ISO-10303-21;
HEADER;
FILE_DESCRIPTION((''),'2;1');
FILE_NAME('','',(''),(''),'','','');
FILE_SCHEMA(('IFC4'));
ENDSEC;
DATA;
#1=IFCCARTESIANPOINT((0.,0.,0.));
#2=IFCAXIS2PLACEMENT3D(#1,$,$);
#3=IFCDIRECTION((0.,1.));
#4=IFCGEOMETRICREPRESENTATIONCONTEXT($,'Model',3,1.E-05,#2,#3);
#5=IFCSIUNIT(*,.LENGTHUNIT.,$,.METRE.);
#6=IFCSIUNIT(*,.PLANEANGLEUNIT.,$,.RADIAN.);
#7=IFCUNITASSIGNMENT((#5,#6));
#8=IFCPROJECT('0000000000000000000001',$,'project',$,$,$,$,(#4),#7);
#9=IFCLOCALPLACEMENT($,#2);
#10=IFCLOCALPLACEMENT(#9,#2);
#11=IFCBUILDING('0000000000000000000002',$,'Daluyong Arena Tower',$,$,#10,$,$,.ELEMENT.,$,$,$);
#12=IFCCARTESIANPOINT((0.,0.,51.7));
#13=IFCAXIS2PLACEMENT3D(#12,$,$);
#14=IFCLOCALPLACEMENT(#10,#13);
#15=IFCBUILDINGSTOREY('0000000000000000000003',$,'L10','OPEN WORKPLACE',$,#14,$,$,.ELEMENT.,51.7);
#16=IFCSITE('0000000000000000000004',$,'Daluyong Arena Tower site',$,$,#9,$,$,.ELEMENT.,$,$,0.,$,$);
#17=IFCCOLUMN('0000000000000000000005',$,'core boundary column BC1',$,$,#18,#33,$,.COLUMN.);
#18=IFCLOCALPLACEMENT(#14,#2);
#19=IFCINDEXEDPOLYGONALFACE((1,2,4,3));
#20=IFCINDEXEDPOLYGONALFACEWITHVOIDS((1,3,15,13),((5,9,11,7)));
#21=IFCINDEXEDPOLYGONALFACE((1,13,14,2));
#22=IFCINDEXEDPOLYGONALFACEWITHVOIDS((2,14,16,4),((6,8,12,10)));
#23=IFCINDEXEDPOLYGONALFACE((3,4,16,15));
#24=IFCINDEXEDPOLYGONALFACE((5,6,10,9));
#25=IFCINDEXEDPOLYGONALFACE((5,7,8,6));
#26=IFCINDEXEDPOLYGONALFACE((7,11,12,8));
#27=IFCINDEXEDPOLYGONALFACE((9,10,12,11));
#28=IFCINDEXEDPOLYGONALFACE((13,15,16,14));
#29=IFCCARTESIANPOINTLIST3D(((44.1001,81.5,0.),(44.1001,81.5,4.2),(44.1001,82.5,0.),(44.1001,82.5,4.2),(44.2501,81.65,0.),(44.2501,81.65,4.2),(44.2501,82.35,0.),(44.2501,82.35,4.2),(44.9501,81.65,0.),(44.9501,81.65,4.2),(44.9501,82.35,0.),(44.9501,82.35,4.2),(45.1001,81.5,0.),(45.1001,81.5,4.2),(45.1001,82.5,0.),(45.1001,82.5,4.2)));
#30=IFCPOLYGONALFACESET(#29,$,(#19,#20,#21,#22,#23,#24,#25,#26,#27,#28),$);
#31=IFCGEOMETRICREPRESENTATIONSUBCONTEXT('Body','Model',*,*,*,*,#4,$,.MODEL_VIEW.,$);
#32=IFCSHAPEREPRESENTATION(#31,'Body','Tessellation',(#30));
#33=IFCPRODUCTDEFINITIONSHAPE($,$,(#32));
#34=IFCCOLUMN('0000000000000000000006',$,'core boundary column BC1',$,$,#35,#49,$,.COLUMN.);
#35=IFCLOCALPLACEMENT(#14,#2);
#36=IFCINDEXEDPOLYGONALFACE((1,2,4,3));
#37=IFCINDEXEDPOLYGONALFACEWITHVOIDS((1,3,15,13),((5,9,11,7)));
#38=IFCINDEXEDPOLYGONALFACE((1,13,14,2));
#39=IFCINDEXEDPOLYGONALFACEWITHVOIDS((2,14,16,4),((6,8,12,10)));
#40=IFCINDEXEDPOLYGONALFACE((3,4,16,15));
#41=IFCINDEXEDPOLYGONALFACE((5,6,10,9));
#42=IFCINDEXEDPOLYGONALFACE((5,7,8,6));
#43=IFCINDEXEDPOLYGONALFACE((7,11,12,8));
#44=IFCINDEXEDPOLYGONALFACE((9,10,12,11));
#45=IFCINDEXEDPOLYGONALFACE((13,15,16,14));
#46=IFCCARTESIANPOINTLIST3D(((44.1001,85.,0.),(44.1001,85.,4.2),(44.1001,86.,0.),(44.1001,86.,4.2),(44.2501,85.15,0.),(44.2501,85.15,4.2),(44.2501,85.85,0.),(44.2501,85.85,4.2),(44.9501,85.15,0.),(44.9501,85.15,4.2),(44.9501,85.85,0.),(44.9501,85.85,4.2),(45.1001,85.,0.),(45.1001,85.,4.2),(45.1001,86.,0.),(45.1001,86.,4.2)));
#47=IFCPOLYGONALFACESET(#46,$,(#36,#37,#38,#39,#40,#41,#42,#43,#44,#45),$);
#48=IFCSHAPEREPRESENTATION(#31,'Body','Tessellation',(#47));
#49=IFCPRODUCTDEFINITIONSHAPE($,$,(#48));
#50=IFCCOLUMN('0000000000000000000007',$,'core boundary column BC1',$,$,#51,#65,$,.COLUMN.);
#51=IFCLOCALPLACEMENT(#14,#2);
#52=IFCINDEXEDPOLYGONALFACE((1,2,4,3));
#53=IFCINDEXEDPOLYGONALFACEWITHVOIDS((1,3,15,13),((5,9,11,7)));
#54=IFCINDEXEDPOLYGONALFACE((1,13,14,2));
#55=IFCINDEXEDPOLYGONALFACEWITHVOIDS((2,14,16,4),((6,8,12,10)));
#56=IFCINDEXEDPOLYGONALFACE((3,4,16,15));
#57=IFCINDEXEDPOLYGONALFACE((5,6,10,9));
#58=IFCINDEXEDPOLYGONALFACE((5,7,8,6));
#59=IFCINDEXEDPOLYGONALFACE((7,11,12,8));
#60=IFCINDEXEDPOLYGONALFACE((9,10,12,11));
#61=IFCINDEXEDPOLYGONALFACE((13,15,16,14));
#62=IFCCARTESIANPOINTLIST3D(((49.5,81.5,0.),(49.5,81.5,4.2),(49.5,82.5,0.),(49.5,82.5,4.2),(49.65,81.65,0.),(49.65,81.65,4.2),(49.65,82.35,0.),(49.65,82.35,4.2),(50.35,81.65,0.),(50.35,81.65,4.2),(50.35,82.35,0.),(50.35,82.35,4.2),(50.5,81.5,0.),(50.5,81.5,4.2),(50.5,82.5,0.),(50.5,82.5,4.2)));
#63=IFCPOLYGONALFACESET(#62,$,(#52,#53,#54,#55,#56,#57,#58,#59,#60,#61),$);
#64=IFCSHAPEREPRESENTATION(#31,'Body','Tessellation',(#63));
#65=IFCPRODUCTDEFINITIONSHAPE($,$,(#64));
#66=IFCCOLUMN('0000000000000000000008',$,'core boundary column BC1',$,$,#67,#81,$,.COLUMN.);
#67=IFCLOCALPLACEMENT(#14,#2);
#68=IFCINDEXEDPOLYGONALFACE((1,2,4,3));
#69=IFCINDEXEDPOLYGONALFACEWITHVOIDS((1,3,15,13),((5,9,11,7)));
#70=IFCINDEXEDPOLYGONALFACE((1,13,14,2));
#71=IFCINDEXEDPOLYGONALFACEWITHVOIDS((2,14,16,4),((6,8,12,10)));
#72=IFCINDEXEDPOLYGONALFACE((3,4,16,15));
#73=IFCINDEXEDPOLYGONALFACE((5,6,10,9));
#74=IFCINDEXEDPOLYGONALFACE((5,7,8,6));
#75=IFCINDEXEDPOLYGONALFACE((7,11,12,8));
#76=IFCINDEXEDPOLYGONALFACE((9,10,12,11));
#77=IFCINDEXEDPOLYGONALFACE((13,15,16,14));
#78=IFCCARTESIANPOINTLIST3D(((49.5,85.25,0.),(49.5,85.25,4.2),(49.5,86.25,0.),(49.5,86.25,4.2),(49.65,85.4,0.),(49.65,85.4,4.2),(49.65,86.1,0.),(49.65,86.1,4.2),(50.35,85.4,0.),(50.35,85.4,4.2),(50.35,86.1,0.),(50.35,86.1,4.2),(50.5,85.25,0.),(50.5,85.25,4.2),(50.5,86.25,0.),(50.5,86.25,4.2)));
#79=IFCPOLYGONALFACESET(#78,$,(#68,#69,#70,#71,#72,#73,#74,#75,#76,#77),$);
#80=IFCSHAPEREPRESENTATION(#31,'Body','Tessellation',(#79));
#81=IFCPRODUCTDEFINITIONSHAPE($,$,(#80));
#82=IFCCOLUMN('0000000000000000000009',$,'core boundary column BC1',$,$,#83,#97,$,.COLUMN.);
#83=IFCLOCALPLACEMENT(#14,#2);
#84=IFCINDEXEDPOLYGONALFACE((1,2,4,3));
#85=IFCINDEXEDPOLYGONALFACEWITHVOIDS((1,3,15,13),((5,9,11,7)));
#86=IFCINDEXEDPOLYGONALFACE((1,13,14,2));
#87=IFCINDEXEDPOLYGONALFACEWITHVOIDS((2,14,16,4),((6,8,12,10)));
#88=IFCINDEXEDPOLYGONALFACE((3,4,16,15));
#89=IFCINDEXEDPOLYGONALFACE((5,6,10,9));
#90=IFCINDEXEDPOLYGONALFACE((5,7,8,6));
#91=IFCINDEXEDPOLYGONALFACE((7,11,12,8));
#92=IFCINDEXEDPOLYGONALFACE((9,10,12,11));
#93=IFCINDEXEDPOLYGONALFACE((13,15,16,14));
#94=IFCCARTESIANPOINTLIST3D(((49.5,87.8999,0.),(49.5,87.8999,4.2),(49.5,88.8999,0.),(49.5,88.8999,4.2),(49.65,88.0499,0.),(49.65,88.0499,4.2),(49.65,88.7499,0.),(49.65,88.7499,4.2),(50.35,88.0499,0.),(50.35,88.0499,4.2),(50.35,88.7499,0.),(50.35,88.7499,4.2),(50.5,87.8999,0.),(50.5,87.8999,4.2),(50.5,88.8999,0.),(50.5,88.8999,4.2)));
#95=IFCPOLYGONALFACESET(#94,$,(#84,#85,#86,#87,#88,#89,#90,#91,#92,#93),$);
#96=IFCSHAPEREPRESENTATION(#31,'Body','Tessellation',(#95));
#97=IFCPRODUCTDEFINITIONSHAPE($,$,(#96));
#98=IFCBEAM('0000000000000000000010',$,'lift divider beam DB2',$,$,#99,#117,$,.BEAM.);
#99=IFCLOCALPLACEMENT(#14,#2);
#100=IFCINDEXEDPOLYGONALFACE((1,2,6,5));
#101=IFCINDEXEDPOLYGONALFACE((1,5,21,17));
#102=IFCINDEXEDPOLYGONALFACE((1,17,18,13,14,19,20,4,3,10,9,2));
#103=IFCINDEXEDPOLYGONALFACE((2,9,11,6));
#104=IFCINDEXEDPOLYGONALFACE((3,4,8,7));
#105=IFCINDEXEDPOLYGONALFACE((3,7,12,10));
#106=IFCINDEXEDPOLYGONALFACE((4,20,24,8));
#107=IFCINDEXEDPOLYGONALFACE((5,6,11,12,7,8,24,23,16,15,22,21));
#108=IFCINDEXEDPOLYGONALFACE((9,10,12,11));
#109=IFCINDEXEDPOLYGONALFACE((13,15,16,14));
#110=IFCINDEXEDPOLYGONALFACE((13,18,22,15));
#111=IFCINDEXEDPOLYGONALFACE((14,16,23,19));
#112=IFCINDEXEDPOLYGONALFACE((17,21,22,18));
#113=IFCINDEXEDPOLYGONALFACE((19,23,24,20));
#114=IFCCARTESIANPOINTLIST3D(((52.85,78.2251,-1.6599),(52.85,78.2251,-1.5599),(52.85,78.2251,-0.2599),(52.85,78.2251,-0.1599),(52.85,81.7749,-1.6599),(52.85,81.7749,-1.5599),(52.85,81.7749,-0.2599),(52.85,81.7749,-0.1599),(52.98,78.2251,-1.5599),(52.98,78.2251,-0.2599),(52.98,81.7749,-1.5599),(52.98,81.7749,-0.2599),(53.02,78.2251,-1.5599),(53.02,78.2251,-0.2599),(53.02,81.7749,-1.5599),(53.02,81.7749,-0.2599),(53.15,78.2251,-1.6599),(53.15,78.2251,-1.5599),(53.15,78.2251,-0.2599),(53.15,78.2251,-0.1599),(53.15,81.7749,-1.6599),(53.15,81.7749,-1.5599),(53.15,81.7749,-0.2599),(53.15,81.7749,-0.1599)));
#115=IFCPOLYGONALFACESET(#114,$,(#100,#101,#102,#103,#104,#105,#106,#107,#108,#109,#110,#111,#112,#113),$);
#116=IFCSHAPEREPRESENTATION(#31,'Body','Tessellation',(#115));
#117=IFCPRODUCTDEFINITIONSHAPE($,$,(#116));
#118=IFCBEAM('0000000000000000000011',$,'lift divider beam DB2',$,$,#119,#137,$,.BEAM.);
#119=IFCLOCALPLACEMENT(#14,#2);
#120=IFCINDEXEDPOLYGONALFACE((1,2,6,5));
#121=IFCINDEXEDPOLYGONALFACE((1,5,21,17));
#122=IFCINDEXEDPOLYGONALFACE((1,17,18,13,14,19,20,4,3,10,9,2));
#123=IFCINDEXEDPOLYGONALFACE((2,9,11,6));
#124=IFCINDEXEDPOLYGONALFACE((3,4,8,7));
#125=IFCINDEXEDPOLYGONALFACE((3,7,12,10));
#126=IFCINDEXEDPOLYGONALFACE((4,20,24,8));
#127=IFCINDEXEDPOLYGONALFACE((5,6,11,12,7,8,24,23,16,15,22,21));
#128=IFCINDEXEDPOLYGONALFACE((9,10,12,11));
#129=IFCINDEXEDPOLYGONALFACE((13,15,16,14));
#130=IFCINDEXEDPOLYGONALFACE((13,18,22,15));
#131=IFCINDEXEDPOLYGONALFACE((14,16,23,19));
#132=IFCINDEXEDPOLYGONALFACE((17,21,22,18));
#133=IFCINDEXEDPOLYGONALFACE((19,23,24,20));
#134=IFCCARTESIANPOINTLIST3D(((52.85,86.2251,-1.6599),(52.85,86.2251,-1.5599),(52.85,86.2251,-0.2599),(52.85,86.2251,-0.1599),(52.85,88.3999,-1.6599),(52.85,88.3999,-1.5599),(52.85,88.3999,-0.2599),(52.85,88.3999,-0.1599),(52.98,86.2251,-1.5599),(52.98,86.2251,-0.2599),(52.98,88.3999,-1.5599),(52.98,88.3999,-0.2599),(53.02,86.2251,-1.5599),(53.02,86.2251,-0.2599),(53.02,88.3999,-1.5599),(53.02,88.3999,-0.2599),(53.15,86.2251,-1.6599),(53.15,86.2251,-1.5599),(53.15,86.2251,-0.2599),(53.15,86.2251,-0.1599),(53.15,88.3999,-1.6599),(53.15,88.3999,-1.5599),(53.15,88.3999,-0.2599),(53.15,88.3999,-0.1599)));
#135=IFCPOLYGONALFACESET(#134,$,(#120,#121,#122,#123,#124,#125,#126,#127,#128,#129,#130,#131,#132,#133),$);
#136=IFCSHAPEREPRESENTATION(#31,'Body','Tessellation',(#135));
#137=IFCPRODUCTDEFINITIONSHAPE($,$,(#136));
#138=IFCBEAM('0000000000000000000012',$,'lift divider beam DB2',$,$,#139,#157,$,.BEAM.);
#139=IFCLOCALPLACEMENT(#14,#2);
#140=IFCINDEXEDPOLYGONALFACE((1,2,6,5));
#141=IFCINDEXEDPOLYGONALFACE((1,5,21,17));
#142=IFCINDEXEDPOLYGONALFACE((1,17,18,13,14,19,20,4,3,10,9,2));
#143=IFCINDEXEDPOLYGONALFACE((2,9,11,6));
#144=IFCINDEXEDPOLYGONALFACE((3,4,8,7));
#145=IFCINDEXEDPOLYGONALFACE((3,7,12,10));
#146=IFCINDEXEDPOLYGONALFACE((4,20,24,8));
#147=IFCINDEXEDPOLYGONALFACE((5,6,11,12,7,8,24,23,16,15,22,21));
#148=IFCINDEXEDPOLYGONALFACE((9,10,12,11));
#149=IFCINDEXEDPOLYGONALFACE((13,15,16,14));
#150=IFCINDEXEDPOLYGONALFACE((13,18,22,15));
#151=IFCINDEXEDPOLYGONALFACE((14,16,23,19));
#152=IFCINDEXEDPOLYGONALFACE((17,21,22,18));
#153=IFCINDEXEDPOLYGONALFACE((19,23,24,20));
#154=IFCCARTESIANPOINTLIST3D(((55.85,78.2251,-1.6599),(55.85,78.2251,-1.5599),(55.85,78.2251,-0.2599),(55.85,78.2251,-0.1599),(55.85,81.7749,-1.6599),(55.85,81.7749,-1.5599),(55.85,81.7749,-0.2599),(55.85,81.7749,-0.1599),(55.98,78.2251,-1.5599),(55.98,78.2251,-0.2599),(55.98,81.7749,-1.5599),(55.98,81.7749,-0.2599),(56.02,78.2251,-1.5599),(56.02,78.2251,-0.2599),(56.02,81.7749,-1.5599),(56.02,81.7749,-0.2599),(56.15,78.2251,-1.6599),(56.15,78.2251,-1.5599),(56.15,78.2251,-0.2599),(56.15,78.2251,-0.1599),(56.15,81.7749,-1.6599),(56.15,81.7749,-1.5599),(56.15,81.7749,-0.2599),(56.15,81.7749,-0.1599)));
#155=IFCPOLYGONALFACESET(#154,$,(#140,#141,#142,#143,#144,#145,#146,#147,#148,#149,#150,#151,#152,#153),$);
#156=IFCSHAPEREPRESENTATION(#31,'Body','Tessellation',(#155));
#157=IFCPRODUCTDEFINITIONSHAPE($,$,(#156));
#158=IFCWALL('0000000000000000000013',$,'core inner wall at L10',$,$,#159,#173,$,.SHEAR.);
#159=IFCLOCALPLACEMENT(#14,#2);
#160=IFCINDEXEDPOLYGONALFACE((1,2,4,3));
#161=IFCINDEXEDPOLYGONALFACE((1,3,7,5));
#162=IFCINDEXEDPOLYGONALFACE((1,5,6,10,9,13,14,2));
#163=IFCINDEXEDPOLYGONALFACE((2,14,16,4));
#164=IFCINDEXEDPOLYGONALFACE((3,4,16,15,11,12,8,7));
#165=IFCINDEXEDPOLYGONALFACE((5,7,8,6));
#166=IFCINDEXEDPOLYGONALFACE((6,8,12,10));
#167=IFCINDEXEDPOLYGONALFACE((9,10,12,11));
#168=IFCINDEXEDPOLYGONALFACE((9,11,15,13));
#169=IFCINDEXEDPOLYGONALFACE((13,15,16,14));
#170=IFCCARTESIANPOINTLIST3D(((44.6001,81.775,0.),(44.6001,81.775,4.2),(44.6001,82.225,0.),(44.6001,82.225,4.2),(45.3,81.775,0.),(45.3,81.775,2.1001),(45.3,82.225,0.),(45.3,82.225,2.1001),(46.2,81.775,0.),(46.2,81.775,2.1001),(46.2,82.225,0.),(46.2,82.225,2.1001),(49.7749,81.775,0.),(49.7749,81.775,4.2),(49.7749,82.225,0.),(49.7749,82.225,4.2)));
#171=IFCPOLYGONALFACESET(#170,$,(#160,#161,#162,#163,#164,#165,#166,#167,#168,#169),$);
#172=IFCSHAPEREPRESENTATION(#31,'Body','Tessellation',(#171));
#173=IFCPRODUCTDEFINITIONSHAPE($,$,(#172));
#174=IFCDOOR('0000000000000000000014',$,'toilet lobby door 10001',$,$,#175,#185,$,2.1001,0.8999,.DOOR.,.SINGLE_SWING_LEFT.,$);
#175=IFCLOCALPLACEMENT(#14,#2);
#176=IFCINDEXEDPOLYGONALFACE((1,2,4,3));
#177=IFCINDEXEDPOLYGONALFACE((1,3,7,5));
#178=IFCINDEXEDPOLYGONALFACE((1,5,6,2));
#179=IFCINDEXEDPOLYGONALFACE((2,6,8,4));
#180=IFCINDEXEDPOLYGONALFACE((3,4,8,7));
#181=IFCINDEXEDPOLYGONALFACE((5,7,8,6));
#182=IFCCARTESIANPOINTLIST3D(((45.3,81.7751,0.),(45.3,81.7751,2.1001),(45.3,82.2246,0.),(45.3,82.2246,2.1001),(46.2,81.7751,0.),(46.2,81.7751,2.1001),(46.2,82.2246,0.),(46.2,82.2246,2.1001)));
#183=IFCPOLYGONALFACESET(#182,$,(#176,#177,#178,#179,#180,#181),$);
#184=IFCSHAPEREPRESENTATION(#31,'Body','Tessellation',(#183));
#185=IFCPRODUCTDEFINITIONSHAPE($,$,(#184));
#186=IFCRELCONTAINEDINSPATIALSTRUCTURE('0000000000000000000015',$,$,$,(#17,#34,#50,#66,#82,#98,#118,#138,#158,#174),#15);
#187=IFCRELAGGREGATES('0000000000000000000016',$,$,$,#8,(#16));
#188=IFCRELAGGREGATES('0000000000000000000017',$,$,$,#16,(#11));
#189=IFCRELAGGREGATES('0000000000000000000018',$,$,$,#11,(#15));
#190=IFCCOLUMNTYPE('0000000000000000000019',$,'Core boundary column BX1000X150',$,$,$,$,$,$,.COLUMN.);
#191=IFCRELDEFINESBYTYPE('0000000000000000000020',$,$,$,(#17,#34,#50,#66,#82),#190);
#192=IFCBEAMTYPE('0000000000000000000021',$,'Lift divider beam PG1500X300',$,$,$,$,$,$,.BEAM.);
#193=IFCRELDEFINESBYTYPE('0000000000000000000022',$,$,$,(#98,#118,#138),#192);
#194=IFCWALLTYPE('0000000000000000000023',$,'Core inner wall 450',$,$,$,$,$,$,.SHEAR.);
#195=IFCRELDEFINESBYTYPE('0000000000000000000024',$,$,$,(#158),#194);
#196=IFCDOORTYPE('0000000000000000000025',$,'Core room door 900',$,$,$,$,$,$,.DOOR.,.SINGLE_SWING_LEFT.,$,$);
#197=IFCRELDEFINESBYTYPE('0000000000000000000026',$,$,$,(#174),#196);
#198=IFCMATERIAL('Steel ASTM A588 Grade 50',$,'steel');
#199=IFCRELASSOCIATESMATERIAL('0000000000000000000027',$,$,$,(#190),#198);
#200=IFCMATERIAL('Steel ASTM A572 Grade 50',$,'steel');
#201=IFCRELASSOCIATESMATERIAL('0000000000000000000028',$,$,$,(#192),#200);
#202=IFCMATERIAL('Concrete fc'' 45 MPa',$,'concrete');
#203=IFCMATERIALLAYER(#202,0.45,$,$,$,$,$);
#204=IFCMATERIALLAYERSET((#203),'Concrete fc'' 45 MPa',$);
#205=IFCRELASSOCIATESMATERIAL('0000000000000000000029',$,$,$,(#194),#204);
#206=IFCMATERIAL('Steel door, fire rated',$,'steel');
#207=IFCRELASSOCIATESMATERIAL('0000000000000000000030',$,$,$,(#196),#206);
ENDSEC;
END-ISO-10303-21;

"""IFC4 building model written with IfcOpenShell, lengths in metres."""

from ifc_helpers import new_model, si_unit, direction, frame, frame_2d, origin, origin_2d, place, context, subcontext, project, spatial, rectangle, hollow_rectangle, i_section, extrude, material, layer, layer_set, material_profile, profile_set, type_object, element, fill, save


model = new_model("IFC4")

# Units and contexts
model_context = context("Model", 3, precision=1e-05, world=origin(), true_north=direction((0.0, 1.0)))
body_context = subcontext(model_context, "Body", "Model", "MODEL_VIEW")
ifc_project = project(units=[si_unit("LENGTHUNIT", "METRE"), si_unit("PLANEANGLEUNIT", "RADIAN")], contexts=[model_context])

# Site, building, storey
site_placement = place(None, origin())
site = spatial("IfcSite", under=ifc_project, at=site_placement, Name="Daluyong Arena Tower site", CompositionType="ELEMENT", RefElevation=0.0)
building_placement = place(site_placement, origin())
building = spatial("IfcBuilding", under=site, at=building_placement, Name="Daluyong Arena Tower", CompositionType="ELEMENT")
storey_placement = place(building_placement, frame((0.0, 0.0, 51.7)))
storey = spatial("IfcBuildingStorey", under=building, at=storey_placement, Name="L10", Description="OPEN WORKPLACE", CompositionType="ELEMENT", Elevation=51.7)

# Columns
ifc_material_1 = material(Name="Steel ASTM A588 Grade 50", Category="steel")
ifc_material_profile_1 = material_profile(ifc_material_1, hollow_rectangle(XDim=1.0, YDim=1.0, WallThickness=0.15, at=origin_2d()))
ifc_profile_set_1 = profile_set([ifc_material_profile_1], Name="Steel ASTM A588 Grade 50")
column_type = type_object("IfcColumnType", Name="Core boundary column BX1000X150", PredefinedType="COLUMN", material=ifc_profile_set_1)
for number, where, z_axis, x_axis, name in (
    (1, (44.6001, 82.0, 0.0), (0.0, 0.0, 1.0), (1.0, 0.0, 0.0), "core boundary column BC1"),
    (2, (44.6001, 85.5, 0.0), (0.0, 0.0, 1.0), (1.0, 0.0, 0.0), "core boundary column BC1"),
    (3, (50.0, 82.0, 0.0), (0.0, 0.0, 1.0), (1.0, 0.0, 0.0), "core boundary column BC1"),
    (4, (50.0, 85.75, 0.0), (0.0, 0.0, 1.0), (1.0, 0.0, 0.0), "core boundary column BC1"),
    (5, (50.0, 88.3999, 0.0), (0.0, 0.0, 1.0), (1.0, 0.0, 0.0), "core boundary column BC1"),
):
    element("IfcColumn", number, at=place(storey_placement, frame(where, z_axis=z_axis, x_axis=x_axis)), inside=storey, type_object=column_type, Name=name, PredefinedType="COLUMN", context=body_context, shape_type="SweptSolid", body=[
        extrude(hollow_rectangle(XDim=1.0, YDim=1.0, WallThickness=0.15, at=origin_2d()), origin(), (0.0, 0.0, 1.0), 4.2),
    ])

# Beams
ifc_material_2 = material(Name="Steel ASTM A572 Grade 50", Category="steel")
ifc_material_profile_2 = material_profile(ifc_material_2, i_section(OverallWidth=0.3, OverallDepth=1.5, WebThickness=0.04, FlangeThickness=0.1, at=origin_2d()))
ifc_profile_set_2 = profile_set([ifc_material_profile_2], Name="Steel ASTM A572 Grade 50")
beam_type = type_object("IfcBeamType", Name="Lift divider beam PG1500X300", PredefinedType="BEAM", material=ifc_profile_set_2)
beam_1_placement = place(storey_placement, frame((53.0, 78.2251, -0.9099), z_axis=(0.0, 1.0, 0.0), x_axis=(-1.0, 0.0, 0.0)))
element("IfcBeam", 6, at=beam_1_placement, inside=storey, type_object=beam_type, Name="lift divider beam DB2", PredefinedType="BEAM", context=body_context, shape_type="SweptSolid", body=[
    extrude(i_section(OverallWidth=0.3, OverallDepth=1.5, WebThickness=0.04, FlangeThickness=0.1, at=origin_2d()), origin(), (0.0, 0.0, 1.0), 3.5498),
])
beam_2_placement = place(storey_placement, frame((53.0, 86.2251, -0.9099), z_axis=(0.0, 1.0, 0.0), x_axis=(-1.0, 0.0, 0.0)))
element("IfcBeam", 7, at=beam_2_placement, inside=storey, type_object=beam_type, Name="lift divider beam DB2", PredefinedType="BEAM", context=body_context, shape_type="SweptSolid", body=[
    extrude(i_section(OverallWidth=0.3, OverallDepth=1.5, WebThickness=0.04, FlangeThickness=0.1, at=origin_2d()), origin(), (0.0, 0.0, 1.0), 2.1748),
])
beam_3_placement = place(storey_placement, frame((56.0, 78.2251, -0.9099), z_axis=(0.0, 1.0, 0.0), x_axis=(-1.0, 0.0, 0.0)))
element("IfcBeam", 8, at=beam_3_placement, inside=storey, type_object=beam_type, Name="lift divider beam DB2", PredefinedType="BEAM", context=body_context, shape_type="SweptSolid", body=[
    extrude(i_section(OverallWidth=0.3, OverallDepth=1.5, WebThickness=0.04, FlangeThickness=0.1, at=origin_2d()), origin(), (0.0, 0.0, 1.0), 3.5498),
])

# Wall, opening, door
ifc_material_3 = material(Name="Concrete fc' 45 MPa", Category="concrete")
ifc_layer_1 = layer(ifc_material_3, 0.45)
ifc_layer_set_1 = layer_set([ifc_layer_1], Name="Concrete fc' 45 MPa")
wall_type_1 = type_object("IfcWallType", Name="Core inner wall 450", PredefinedType="SHEAR", material=ifc_layer_set_1)
wall_1_placement = place(storey_placement, frame((44.6001, 82.0, 0.0), z_axis=(0.0, 0.0, 1.0), x_axis=(1.0, 0.0, 0.0)))
wall_1 = element("IfcWall", 9, at=wall_1_placement, inside=storey, type_object=wall_type_1, Name="core inner wall at L10", PredefinedType="SHEAR", context=body_context, shape_type="SweptSolid", body=[
    extrude(rectangle(XDim=5.1748, YDim=0.45, at=frame_2d((2.5874, 0.0))), origin(), (0.0, 0.0, 1.0), 4.2),
])
opening_1_placement = place(wall_1_placement, frame((0.7, 0.0, 0.0)))
opening_1 = element("IfcOpeningElement", 10, at=opening_1_placement, cuts=wall_1, PredefinedType="OPENING", context=body_context, shape_type="SweptSolid", body=[
    extrude(rectangle(XDim=0.8999, YDim=2.1001, at=frame_2d((0.45, 1.05))), frame((0.0, 0.2349, 0.0), z_axis=(0.0, -1.0, 0.0), x_axis=(1.0, 0.0, 0.0)), (0.0, 0.0, 1.0), 0.47),
])
ifc_material_4 = material(Name="Steel door, fire rated", Category="steel")
door_type_1 = type_object("IfcDoorType", Name="Core room door 900", OperationType="SINGLE_SWING_LEFT", PredefinedType="DOOR", material=ifc_material_4)
door_1_placement = place(opening_1_placement, origin())
door_1 = element("IfcDoor", 11, at=door_1_placement, inside=storey, type_object=door_type_1, Name="toilet lobby door 10001", OperationType="SINGLE_SWING_LEFT", OverallHeight=2.1001, OverallWidth=0.8999, PredefinedType="DOOR", context=body_context, shape_type="SweptSolid", body=[
    extrude(rectangle(XDim=0.8999, YDim=2.1001, at=frame_2d((0.45, 1.05))), frame((0.0, 0.2246, 0.0), z_axis=(0.0, -1.0, 0.0), x_axis=(1.0, 0.0, 0.0)), (0.0, 0.0, 1.0), 0.4495),
])
fill(opening_1, door_1)

save(model, "model.ifc")
